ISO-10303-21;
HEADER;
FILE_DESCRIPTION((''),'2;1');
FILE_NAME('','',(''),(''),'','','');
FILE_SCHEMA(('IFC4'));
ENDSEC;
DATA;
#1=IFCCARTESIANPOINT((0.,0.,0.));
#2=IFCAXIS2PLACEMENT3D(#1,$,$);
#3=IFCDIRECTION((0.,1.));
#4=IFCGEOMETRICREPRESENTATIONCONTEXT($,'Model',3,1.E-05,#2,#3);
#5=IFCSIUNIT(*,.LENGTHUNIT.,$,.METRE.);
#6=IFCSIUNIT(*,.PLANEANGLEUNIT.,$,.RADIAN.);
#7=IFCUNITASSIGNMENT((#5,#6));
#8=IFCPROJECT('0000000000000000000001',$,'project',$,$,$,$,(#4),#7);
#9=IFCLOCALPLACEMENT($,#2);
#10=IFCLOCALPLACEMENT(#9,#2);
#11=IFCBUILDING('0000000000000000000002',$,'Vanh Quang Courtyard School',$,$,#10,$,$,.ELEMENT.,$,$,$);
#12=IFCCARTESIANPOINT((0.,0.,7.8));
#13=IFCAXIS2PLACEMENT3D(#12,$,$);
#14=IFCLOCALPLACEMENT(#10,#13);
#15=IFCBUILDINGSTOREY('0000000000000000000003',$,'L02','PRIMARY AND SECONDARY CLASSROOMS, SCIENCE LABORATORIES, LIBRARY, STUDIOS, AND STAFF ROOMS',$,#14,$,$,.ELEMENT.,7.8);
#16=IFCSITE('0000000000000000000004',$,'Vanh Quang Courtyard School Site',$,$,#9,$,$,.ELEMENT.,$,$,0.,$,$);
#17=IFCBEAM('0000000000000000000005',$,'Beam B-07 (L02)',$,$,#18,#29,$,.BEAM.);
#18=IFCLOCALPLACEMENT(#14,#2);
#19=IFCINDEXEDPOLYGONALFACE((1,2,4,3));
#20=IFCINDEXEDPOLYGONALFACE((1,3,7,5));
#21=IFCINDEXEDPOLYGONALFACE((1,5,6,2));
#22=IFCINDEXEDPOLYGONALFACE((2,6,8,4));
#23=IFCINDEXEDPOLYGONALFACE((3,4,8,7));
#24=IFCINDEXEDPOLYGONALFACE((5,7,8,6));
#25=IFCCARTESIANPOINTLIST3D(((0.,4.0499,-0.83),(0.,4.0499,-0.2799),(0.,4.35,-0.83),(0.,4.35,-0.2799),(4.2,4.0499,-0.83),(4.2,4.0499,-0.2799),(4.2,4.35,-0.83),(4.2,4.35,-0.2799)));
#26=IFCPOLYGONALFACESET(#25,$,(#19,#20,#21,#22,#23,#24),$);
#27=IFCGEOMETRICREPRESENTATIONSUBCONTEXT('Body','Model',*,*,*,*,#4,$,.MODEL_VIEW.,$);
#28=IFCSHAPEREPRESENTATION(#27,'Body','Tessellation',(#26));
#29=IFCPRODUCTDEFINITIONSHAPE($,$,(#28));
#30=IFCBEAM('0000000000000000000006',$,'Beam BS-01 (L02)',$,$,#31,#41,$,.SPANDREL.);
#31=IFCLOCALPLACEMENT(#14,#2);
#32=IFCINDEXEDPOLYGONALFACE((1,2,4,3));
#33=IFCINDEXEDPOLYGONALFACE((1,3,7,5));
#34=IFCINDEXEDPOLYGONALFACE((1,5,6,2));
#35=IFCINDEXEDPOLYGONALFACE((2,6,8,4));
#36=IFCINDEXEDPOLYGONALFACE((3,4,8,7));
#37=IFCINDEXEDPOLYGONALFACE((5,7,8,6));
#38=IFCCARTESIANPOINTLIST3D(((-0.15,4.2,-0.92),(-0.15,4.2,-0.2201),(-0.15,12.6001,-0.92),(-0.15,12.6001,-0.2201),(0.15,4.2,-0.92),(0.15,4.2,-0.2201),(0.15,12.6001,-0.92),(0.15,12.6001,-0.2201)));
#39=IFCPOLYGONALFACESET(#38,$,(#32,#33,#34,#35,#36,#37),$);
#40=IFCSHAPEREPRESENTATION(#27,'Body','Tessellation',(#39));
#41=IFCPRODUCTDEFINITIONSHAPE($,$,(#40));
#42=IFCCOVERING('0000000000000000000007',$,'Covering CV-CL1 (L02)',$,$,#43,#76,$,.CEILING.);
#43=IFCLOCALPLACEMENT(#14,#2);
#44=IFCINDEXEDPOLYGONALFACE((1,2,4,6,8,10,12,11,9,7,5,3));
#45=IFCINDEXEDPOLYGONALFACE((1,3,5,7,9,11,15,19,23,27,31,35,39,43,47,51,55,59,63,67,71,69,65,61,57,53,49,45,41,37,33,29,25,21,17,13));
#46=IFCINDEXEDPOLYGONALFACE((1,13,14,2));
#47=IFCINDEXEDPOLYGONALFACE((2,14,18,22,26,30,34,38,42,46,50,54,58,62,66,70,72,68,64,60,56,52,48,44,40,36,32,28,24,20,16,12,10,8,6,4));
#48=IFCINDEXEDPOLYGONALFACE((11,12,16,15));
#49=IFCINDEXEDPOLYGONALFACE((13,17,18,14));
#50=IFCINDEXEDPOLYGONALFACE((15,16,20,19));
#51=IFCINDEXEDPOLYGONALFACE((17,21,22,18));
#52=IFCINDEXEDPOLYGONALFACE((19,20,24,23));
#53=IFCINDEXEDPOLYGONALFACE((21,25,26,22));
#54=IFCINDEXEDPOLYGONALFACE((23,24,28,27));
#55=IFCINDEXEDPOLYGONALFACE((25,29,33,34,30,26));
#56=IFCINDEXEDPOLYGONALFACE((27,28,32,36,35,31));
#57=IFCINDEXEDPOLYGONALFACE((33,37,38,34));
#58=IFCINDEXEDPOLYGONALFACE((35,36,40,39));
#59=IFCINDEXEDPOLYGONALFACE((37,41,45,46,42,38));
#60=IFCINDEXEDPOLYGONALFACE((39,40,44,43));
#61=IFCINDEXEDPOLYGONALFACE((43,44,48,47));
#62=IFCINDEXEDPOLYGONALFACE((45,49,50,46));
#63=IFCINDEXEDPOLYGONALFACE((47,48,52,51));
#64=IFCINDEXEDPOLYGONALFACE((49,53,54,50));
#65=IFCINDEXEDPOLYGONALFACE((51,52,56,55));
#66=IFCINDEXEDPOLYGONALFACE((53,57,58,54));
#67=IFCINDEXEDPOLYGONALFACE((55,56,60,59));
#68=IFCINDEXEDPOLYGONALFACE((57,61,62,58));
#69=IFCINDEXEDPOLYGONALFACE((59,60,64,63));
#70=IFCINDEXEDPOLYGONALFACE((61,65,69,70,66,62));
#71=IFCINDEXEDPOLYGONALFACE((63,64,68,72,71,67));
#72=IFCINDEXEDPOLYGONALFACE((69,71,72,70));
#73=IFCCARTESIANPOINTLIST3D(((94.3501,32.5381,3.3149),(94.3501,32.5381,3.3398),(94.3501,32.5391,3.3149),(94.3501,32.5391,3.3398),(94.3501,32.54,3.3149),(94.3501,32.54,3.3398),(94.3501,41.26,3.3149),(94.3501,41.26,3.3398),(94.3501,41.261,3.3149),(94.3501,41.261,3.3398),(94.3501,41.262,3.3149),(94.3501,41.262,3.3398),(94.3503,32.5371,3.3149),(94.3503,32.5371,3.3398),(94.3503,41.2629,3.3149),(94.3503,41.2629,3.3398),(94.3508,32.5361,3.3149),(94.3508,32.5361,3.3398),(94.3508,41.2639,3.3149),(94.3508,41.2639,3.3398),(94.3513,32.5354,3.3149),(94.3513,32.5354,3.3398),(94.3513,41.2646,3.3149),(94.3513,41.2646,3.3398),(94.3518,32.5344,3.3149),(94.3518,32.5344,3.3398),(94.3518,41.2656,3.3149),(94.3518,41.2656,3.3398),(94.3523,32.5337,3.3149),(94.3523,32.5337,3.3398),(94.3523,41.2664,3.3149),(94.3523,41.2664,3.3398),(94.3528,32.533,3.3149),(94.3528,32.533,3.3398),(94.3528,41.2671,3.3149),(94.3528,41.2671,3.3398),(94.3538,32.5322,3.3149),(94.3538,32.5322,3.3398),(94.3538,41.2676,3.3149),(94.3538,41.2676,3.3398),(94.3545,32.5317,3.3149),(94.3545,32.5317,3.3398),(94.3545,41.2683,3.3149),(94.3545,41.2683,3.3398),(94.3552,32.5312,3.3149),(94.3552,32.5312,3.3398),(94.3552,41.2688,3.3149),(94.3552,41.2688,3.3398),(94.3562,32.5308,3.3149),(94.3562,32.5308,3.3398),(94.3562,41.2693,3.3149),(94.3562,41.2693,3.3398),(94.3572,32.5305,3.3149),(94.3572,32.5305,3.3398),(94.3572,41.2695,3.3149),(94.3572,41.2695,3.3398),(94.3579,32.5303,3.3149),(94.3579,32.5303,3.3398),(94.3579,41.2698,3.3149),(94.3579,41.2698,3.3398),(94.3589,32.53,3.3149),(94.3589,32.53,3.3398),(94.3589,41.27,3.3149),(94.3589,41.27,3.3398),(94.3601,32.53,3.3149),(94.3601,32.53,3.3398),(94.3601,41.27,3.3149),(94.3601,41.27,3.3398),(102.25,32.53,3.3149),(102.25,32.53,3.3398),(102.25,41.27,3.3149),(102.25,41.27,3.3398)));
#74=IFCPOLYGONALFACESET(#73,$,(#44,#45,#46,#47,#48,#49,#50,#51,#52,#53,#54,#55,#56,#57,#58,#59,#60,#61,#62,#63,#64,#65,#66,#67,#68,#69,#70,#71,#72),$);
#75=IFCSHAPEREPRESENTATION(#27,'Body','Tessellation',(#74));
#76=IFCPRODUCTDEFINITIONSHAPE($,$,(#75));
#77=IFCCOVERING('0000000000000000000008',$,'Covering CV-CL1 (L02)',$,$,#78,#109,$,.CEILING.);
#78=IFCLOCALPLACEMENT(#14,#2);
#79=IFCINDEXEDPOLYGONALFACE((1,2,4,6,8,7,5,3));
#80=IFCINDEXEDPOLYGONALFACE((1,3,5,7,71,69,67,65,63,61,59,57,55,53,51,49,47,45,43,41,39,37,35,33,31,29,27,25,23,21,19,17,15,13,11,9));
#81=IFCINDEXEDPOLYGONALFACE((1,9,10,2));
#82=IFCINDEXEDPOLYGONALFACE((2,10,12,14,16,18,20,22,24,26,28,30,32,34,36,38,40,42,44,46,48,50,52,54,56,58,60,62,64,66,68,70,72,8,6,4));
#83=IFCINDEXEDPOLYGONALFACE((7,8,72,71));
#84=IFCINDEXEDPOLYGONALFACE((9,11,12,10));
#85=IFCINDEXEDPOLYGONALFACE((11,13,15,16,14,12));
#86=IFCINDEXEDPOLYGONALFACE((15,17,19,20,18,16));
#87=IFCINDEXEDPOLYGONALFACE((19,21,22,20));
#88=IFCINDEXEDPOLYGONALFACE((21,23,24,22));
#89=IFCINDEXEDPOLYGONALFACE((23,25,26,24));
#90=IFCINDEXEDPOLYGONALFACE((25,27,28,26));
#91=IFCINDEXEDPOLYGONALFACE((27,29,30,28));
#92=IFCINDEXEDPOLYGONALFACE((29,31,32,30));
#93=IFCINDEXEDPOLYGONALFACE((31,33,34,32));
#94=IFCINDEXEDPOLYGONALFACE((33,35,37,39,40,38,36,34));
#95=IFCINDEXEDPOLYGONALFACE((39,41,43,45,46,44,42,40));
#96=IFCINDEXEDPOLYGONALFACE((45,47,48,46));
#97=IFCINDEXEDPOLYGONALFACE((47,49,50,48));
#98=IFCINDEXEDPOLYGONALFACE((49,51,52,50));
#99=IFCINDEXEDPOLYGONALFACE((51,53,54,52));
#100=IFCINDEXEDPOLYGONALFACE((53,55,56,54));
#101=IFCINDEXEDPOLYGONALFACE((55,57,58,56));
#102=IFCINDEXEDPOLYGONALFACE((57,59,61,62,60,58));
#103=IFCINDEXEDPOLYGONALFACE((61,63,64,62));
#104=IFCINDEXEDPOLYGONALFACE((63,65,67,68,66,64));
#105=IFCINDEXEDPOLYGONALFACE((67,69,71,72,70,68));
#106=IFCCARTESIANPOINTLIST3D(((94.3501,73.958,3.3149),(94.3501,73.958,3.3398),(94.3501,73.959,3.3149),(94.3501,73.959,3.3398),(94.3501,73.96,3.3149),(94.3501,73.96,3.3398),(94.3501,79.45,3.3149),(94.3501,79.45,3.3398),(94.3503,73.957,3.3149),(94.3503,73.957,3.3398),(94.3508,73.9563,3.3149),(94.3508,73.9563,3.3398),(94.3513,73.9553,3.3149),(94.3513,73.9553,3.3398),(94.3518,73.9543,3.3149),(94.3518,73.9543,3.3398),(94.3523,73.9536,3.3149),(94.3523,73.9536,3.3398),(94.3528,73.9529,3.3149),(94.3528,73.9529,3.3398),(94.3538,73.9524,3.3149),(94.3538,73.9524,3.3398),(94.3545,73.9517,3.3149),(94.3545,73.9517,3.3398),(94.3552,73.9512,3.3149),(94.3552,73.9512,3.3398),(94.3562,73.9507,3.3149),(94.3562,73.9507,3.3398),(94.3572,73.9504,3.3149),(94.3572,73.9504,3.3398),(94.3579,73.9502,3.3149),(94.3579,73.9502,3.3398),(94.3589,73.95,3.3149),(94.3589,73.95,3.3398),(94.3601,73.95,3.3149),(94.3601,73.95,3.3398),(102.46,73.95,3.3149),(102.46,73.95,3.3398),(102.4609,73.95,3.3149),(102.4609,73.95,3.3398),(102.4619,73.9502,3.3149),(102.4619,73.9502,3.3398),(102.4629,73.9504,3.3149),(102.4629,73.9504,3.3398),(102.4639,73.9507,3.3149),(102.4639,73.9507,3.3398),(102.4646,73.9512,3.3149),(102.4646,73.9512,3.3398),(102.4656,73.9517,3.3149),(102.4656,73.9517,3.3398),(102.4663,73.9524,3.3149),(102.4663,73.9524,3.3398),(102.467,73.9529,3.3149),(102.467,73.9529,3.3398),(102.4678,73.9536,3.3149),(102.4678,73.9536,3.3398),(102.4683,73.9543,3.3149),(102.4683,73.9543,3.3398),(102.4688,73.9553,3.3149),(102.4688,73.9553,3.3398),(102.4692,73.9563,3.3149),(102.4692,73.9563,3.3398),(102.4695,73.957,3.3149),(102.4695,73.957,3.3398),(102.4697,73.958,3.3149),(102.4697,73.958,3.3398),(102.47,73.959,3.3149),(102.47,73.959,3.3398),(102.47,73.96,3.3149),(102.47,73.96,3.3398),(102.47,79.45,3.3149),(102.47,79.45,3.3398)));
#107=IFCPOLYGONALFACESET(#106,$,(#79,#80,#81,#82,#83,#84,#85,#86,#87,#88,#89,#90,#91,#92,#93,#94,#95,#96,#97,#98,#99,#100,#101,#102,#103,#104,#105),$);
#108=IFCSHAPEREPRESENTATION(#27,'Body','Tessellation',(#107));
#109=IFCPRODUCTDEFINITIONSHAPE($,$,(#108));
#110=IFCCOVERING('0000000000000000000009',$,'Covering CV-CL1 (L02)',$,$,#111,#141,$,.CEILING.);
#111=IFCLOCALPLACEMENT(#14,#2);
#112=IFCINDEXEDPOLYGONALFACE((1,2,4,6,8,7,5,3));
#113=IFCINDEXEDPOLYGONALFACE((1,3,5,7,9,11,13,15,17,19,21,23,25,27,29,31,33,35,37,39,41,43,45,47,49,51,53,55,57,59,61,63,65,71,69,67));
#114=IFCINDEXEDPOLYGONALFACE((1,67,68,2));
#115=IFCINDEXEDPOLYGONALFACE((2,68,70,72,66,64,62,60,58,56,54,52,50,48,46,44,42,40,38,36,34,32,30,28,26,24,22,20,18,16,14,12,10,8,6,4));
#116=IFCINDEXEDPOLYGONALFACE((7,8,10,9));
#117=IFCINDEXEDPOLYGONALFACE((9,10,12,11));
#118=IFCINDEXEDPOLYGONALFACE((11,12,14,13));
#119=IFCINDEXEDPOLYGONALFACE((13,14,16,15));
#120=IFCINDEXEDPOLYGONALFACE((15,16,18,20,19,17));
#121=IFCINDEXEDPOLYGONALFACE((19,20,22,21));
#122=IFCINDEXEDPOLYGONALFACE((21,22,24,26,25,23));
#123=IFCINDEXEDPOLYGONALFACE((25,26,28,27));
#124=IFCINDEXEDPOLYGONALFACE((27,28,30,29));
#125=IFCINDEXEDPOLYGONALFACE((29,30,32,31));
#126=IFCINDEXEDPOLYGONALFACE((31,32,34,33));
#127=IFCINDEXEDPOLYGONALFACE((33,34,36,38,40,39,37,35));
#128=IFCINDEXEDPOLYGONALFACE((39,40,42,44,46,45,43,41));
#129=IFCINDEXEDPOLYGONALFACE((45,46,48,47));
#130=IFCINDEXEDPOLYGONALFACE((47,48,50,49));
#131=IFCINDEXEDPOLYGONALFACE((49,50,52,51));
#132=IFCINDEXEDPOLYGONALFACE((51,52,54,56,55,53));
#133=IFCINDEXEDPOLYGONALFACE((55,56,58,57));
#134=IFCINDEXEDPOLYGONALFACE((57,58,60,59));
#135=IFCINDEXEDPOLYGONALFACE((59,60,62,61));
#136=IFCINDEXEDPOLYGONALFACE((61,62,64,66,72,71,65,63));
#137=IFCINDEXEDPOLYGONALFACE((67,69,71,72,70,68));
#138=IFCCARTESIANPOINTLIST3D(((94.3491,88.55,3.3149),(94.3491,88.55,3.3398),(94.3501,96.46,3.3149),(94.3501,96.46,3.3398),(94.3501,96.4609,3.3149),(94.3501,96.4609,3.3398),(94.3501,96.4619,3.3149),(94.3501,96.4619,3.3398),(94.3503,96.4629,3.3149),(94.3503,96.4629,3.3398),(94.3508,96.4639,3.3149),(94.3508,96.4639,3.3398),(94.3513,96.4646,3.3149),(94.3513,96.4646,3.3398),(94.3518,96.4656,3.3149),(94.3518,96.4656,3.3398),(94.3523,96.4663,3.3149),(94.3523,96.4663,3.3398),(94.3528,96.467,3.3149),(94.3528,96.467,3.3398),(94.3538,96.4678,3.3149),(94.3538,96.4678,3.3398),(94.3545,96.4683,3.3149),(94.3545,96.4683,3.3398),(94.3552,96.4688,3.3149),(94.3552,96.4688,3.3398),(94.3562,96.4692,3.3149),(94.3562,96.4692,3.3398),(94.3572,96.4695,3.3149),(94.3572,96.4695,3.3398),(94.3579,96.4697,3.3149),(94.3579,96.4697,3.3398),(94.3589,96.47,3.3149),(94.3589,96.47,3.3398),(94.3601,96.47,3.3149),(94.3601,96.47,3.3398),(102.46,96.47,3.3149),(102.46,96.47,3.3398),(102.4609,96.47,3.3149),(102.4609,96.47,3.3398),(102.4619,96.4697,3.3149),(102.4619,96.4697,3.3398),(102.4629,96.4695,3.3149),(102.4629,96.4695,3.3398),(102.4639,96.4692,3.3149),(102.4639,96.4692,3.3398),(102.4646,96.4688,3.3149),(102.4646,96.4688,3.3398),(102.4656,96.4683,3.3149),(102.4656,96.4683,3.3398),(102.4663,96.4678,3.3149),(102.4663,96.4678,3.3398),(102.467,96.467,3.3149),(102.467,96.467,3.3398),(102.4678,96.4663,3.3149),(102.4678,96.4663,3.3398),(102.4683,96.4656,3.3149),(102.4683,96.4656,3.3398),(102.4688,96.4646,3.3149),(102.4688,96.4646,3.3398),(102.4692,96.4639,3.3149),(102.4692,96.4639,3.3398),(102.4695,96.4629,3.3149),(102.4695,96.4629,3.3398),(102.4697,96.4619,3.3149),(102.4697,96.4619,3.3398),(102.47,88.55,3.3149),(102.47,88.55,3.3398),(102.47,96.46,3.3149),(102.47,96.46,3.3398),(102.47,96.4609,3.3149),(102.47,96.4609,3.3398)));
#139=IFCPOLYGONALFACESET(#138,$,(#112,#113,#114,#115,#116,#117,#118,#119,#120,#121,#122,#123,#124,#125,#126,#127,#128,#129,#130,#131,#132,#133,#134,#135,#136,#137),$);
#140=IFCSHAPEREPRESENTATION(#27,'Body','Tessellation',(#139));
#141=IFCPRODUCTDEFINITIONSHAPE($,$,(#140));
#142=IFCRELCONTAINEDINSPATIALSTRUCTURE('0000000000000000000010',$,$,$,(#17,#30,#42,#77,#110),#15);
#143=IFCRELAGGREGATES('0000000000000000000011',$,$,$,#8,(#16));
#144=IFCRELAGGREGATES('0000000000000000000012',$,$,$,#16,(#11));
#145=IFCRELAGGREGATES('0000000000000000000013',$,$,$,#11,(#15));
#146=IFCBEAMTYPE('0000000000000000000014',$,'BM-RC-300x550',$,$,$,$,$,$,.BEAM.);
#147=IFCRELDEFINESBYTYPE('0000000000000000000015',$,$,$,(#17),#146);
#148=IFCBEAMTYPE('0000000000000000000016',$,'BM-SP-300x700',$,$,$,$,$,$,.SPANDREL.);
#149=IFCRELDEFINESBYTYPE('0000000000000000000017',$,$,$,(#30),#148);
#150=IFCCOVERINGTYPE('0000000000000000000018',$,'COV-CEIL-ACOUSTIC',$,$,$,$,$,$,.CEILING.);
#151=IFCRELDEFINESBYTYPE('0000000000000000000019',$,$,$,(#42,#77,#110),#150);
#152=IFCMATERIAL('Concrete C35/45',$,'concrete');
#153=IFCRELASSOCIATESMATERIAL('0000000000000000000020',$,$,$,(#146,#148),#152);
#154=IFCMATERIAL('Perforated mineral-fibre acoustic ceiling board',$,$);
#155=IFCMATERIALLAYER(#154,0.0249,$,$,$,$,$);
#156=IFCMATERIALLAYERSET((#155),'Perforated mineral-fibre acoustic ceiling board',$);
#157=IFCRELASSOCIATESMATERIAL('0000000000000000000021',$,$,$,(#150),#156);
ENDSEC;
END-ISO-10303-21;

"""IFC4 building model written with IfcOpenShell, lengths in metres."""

from ifc_helpers import new_model, si_unit, direction, frame, origin, origin_2d, place, context, subcontext, project, spatial, polyline, rectangle, outline, extrude, material, layer, layer_set, material_profile, profile_set, type_object, element, save


model = new_model("IFC4")

# Units and contexts
model_context = context("Model", 3, precision=1e-05, world=origin(), true_north=direction((0.0, 1.0)))
body_context = subcontext(model_context, "Body", "Model", "MODEL_VIEW")
ifc_project = project(units=[si_unit("LENGTHUNIT", "METRE"), si_unit("PLANEANGLEUNIT", "RADIAN")], contexts=[model_context])

# Site, building, storey
site_placement = place(None, origin())
site = spatial("IfcSite", under=ifc_project, at=site_placement, Name="Vanh Quang Courtyard School Site", CompositionType="ELEMENT", RefElevation=0.0)
building_placement = place(site_placement, origin())
building = spatial("IfcBuilding", under=site, at=building_placement, Name="Vanh Quang Courtyard School", CompositionType="ELEMENT")
storey_placement = place(building_placement, frame((0.0, 0.0, 7.8)))
storey = spatial("IfcBuildingStorey", under=building, at=storey_placement, Name="L02", Description="PRIMARY AND SECONDARY CLASSROOMS, SCIENCE LABORATORIES, LIBRARY, STUDIOS, AND STAFF ROOMS", CompositionType="ELEMENT", Elevation=7.8)

# Beams
ifc_material_1 = material(Name="Concrete C35/45", Category="concrete")
ifc_material_profile_1 = material_profile(ifc_material_1, rectangle(XDim=0.3, YDim=0.55, at=origin_2d()), Name="RC-BM 300x550")
ifc_profile_set_1 = profile_set([ifc_material_profile_1], Name="Concrete C35/45")
beam_type_1 = type_object("IfcBeamType", Name="BM-RC-300x550", PredefinedType="BEAM", material=ifc_profile_set_1)
beam_1_placement = place(storey_placement, frame((0.0, 4.2, -0.5549), z_axis=(1.0, 0.0, 0.0), x_axis=(0.0, 1.0, 0.0)))
element("IfcBeam", 1, at=beam_1_placement, inside=storey, type_object=beam_type_1, Name="Beam B-07 (L02)", PredefinedType="BEAM", context=body_context, shape_type="SweptSolid", body=[
    extrude(rectangle(XDim=0.3, YDim=0.55, at=origin_2d()), origin(), (0.0, 0.0, 1.0), 4.2),
])
ifc_material_profile_2 = material_profile(ifc_material_1, rectangle(XDim=0.3, YDim=0.7, at=origin_2d()), Name="RC-SP 300x700")
ifc_profile_set_2 = profile_set([ifc_material_profile_2], Name="Concrete C35/45")
beam_type_2 = type_object("IfcBeamType", Name="BM-SP-300x700", PredefinedType="SPANDREL", material=ifc_profile_set_2)
beam_2_placement = place(storey_placement, frame((0.0, 4.2, -0.5701), z_axis=(0.0, 1.0, 0.0), x_axis=(-1.0, 0.0, 0.0)))
element("IfcBeam", 2, at=beam_2_placement, inside=storey, type_object=beam_type_2, Name="Beam BS-01 (L02)", PredefinedType="SPANDREL", context=body_context, shape_type="SweptSolid", body=[
    extrude(rectangle(XDim=0.3, YDim=0.7, at=origin_2d()), origin(), (0.0, 0.0, 1.0), 8.4001),
])

# Coverings
ifc_material_2 = material(Name="Perforated mineral-fibre acoustic ceiling board")
ifc_layer_1 = layer(ifc_material_2, 0.0249)
ifc_layer_set_1 = layer_set([ifc_layer_1], Name="Perforated mineral-fibre acoustic ceiling board")
covering_type_1 = type_object("IfcCoveringType", Name="COV-CEIL-ACOUSTIC", PredefinedType="CEILING", material=ifc_layer_set_1)
covering_1_placement = place(storey_placement, frame((0.0, 0.0, 3.3149)))
element("IfcCovering", 3, at=covering_1_placement, inside=storey, type_object=covering_type_1, Name="Covering CV-CL1 (L02)", PredefinedType="CEILING", context=body_context, shape_type="SweptSolid", body=[
    extrude(outline(polyline([(94.3601, 32.53), (94.3589, 32.53), (94.3579, 32.5303), (94.3572, 32.5305), (94.3562, 32.5308), (94.3552, 32.5312), (94.3545, 32.5317), (94.3538, 32.5322), (94.3528, 32.533), (94.3523, 32.5337), (94.3518, 32.5344), (94.3513, 32.5354), (94.3508, 32.5361), (94.3503, 32.5371), (94.3501, 32.5381), (94.3501, 32.5391), (94.3501, 32.54), (94.3501, 41.26), (94.3501, 41.261), (94.3501, 41.262), (94.3503, 41.2629), (94.3508, 41.2639), (94.3513, 41.2646), (94.3518, 41.2656), (94.3523, 41.2664), (94.3528, 41.2671), (94.3538, 41.2676), (94.3545, 41.2683), (94.3552, 41.2688), (94.3562, 41.2693), (94.3572, 41.2695), (94.3579, 41.2698), (94.3589, 41.27), (94.3601, 41.27), (102.25, 41.27), (102.25, 32.53), (94.3601, 32.53)])), origin(), (0.0, 0.0, 1.0), 0.0249),
])
covering_2_placement = place(storey_placement, frame((0.0, 0.0, 3.3149)))
element("IfcCovering", 4, at=covering_2_placement, inside=storey, type_object=covering_type_1, Name="Covering CV-CL1 (L02)", PredefinedType="CEILING", context=body_context, shape_type="SweptSolid", body=[
    extrude(outline(polyline([(94.3601, 73.95), (94.3589, 73.95), (94.3579, 73.9502), (94.3572, 73.9504), (94.3562, 73.9507), (94.3552, 73.9512), (94.3545, 73.9517), (94.3538, 73.9524), (94.3528, 73.9529), (94.3523, 73.9536), (94.3518, 73.9543), (94.3513, 73.9553), (94.3508, 73.9563), (94.3503, 73.957), (94.3501, 73.958), (94.3501, 73.959), (94.3501, 73.96), (94.3501, 79.45), (102.47, 79.45), (102.47, 73.96), (102.47, 73.959), (102.4697, 73.958), (102.4695, 73.957), (102.4692, 73.9563), (102.4688, 73.9553), (102.4683, 73.9543), (102.4678, 73.9536), (102.467, 73.9529), (102.4663, 73.9524), (102.4656, 73.9517), (102.4646, 73.9512), (102.4639, 73.9507), (102.4629, 73.9504), (102.4619, 73.9502), (102.4609, 73.95), (102.46, 73.95), (94.3601, 73.95)])), origin(), (0.0, 0.0, 1.0), 0.0249),
])
covering_3_placement = place(storey_placement, frame((0.0, 0.0, 3.3149)))
element("IfcCovering", 5, at=covering_3_placement, inside=storey, type_object=covering_type_1, Name="Covering CV-CL1 (L02)", PredefinedType="CEILING", context=body_context, shape_type="SweptSolid", body=[
    extrude(outline(polyline([(94.3501, 96.46), (94.3501, 96.4609), (94.3501, 96.4619), (94.3503, 96.4629), (94.3508, 96.4639), (94.3513, 96.4646), (94.3518, 96.4656), (94.3523, 96.4663), (94.3528, 96.467), (94.3538, 96.4678), (94.3545, 96.4683), (94.3552, 96.4688), (94.3562, 96.4692), (94.3572, 96.4695), (94.3579, 96.4697), (94.3589, 96.47), (94.3601, 96.47), (102.46, 96.47), (102.4609, 96.47), (102.4619, 96.4697), (102.4629, 96.4695), (102.4639, 96.4692), (102.4646, 96.4688), (102.4656, 96.4683), (102.4663, 96.4678), (102.467, 96.467), (102.4678, 96.4663), (102.4683, 96.4656), (102.4688, 96.4646), (102.4692, 96.4639), (102.4695, 96.4629), (102.4697, 96.4619), (102.47, 96.4609), (102.47, 96.46), (102.47, 88.55), (94.3491, 88.55), (94.3501, 96.46)])), origin(), (0.0, 0.0, 1.0), 0.0249),
])

save(model, "model.ifc")
